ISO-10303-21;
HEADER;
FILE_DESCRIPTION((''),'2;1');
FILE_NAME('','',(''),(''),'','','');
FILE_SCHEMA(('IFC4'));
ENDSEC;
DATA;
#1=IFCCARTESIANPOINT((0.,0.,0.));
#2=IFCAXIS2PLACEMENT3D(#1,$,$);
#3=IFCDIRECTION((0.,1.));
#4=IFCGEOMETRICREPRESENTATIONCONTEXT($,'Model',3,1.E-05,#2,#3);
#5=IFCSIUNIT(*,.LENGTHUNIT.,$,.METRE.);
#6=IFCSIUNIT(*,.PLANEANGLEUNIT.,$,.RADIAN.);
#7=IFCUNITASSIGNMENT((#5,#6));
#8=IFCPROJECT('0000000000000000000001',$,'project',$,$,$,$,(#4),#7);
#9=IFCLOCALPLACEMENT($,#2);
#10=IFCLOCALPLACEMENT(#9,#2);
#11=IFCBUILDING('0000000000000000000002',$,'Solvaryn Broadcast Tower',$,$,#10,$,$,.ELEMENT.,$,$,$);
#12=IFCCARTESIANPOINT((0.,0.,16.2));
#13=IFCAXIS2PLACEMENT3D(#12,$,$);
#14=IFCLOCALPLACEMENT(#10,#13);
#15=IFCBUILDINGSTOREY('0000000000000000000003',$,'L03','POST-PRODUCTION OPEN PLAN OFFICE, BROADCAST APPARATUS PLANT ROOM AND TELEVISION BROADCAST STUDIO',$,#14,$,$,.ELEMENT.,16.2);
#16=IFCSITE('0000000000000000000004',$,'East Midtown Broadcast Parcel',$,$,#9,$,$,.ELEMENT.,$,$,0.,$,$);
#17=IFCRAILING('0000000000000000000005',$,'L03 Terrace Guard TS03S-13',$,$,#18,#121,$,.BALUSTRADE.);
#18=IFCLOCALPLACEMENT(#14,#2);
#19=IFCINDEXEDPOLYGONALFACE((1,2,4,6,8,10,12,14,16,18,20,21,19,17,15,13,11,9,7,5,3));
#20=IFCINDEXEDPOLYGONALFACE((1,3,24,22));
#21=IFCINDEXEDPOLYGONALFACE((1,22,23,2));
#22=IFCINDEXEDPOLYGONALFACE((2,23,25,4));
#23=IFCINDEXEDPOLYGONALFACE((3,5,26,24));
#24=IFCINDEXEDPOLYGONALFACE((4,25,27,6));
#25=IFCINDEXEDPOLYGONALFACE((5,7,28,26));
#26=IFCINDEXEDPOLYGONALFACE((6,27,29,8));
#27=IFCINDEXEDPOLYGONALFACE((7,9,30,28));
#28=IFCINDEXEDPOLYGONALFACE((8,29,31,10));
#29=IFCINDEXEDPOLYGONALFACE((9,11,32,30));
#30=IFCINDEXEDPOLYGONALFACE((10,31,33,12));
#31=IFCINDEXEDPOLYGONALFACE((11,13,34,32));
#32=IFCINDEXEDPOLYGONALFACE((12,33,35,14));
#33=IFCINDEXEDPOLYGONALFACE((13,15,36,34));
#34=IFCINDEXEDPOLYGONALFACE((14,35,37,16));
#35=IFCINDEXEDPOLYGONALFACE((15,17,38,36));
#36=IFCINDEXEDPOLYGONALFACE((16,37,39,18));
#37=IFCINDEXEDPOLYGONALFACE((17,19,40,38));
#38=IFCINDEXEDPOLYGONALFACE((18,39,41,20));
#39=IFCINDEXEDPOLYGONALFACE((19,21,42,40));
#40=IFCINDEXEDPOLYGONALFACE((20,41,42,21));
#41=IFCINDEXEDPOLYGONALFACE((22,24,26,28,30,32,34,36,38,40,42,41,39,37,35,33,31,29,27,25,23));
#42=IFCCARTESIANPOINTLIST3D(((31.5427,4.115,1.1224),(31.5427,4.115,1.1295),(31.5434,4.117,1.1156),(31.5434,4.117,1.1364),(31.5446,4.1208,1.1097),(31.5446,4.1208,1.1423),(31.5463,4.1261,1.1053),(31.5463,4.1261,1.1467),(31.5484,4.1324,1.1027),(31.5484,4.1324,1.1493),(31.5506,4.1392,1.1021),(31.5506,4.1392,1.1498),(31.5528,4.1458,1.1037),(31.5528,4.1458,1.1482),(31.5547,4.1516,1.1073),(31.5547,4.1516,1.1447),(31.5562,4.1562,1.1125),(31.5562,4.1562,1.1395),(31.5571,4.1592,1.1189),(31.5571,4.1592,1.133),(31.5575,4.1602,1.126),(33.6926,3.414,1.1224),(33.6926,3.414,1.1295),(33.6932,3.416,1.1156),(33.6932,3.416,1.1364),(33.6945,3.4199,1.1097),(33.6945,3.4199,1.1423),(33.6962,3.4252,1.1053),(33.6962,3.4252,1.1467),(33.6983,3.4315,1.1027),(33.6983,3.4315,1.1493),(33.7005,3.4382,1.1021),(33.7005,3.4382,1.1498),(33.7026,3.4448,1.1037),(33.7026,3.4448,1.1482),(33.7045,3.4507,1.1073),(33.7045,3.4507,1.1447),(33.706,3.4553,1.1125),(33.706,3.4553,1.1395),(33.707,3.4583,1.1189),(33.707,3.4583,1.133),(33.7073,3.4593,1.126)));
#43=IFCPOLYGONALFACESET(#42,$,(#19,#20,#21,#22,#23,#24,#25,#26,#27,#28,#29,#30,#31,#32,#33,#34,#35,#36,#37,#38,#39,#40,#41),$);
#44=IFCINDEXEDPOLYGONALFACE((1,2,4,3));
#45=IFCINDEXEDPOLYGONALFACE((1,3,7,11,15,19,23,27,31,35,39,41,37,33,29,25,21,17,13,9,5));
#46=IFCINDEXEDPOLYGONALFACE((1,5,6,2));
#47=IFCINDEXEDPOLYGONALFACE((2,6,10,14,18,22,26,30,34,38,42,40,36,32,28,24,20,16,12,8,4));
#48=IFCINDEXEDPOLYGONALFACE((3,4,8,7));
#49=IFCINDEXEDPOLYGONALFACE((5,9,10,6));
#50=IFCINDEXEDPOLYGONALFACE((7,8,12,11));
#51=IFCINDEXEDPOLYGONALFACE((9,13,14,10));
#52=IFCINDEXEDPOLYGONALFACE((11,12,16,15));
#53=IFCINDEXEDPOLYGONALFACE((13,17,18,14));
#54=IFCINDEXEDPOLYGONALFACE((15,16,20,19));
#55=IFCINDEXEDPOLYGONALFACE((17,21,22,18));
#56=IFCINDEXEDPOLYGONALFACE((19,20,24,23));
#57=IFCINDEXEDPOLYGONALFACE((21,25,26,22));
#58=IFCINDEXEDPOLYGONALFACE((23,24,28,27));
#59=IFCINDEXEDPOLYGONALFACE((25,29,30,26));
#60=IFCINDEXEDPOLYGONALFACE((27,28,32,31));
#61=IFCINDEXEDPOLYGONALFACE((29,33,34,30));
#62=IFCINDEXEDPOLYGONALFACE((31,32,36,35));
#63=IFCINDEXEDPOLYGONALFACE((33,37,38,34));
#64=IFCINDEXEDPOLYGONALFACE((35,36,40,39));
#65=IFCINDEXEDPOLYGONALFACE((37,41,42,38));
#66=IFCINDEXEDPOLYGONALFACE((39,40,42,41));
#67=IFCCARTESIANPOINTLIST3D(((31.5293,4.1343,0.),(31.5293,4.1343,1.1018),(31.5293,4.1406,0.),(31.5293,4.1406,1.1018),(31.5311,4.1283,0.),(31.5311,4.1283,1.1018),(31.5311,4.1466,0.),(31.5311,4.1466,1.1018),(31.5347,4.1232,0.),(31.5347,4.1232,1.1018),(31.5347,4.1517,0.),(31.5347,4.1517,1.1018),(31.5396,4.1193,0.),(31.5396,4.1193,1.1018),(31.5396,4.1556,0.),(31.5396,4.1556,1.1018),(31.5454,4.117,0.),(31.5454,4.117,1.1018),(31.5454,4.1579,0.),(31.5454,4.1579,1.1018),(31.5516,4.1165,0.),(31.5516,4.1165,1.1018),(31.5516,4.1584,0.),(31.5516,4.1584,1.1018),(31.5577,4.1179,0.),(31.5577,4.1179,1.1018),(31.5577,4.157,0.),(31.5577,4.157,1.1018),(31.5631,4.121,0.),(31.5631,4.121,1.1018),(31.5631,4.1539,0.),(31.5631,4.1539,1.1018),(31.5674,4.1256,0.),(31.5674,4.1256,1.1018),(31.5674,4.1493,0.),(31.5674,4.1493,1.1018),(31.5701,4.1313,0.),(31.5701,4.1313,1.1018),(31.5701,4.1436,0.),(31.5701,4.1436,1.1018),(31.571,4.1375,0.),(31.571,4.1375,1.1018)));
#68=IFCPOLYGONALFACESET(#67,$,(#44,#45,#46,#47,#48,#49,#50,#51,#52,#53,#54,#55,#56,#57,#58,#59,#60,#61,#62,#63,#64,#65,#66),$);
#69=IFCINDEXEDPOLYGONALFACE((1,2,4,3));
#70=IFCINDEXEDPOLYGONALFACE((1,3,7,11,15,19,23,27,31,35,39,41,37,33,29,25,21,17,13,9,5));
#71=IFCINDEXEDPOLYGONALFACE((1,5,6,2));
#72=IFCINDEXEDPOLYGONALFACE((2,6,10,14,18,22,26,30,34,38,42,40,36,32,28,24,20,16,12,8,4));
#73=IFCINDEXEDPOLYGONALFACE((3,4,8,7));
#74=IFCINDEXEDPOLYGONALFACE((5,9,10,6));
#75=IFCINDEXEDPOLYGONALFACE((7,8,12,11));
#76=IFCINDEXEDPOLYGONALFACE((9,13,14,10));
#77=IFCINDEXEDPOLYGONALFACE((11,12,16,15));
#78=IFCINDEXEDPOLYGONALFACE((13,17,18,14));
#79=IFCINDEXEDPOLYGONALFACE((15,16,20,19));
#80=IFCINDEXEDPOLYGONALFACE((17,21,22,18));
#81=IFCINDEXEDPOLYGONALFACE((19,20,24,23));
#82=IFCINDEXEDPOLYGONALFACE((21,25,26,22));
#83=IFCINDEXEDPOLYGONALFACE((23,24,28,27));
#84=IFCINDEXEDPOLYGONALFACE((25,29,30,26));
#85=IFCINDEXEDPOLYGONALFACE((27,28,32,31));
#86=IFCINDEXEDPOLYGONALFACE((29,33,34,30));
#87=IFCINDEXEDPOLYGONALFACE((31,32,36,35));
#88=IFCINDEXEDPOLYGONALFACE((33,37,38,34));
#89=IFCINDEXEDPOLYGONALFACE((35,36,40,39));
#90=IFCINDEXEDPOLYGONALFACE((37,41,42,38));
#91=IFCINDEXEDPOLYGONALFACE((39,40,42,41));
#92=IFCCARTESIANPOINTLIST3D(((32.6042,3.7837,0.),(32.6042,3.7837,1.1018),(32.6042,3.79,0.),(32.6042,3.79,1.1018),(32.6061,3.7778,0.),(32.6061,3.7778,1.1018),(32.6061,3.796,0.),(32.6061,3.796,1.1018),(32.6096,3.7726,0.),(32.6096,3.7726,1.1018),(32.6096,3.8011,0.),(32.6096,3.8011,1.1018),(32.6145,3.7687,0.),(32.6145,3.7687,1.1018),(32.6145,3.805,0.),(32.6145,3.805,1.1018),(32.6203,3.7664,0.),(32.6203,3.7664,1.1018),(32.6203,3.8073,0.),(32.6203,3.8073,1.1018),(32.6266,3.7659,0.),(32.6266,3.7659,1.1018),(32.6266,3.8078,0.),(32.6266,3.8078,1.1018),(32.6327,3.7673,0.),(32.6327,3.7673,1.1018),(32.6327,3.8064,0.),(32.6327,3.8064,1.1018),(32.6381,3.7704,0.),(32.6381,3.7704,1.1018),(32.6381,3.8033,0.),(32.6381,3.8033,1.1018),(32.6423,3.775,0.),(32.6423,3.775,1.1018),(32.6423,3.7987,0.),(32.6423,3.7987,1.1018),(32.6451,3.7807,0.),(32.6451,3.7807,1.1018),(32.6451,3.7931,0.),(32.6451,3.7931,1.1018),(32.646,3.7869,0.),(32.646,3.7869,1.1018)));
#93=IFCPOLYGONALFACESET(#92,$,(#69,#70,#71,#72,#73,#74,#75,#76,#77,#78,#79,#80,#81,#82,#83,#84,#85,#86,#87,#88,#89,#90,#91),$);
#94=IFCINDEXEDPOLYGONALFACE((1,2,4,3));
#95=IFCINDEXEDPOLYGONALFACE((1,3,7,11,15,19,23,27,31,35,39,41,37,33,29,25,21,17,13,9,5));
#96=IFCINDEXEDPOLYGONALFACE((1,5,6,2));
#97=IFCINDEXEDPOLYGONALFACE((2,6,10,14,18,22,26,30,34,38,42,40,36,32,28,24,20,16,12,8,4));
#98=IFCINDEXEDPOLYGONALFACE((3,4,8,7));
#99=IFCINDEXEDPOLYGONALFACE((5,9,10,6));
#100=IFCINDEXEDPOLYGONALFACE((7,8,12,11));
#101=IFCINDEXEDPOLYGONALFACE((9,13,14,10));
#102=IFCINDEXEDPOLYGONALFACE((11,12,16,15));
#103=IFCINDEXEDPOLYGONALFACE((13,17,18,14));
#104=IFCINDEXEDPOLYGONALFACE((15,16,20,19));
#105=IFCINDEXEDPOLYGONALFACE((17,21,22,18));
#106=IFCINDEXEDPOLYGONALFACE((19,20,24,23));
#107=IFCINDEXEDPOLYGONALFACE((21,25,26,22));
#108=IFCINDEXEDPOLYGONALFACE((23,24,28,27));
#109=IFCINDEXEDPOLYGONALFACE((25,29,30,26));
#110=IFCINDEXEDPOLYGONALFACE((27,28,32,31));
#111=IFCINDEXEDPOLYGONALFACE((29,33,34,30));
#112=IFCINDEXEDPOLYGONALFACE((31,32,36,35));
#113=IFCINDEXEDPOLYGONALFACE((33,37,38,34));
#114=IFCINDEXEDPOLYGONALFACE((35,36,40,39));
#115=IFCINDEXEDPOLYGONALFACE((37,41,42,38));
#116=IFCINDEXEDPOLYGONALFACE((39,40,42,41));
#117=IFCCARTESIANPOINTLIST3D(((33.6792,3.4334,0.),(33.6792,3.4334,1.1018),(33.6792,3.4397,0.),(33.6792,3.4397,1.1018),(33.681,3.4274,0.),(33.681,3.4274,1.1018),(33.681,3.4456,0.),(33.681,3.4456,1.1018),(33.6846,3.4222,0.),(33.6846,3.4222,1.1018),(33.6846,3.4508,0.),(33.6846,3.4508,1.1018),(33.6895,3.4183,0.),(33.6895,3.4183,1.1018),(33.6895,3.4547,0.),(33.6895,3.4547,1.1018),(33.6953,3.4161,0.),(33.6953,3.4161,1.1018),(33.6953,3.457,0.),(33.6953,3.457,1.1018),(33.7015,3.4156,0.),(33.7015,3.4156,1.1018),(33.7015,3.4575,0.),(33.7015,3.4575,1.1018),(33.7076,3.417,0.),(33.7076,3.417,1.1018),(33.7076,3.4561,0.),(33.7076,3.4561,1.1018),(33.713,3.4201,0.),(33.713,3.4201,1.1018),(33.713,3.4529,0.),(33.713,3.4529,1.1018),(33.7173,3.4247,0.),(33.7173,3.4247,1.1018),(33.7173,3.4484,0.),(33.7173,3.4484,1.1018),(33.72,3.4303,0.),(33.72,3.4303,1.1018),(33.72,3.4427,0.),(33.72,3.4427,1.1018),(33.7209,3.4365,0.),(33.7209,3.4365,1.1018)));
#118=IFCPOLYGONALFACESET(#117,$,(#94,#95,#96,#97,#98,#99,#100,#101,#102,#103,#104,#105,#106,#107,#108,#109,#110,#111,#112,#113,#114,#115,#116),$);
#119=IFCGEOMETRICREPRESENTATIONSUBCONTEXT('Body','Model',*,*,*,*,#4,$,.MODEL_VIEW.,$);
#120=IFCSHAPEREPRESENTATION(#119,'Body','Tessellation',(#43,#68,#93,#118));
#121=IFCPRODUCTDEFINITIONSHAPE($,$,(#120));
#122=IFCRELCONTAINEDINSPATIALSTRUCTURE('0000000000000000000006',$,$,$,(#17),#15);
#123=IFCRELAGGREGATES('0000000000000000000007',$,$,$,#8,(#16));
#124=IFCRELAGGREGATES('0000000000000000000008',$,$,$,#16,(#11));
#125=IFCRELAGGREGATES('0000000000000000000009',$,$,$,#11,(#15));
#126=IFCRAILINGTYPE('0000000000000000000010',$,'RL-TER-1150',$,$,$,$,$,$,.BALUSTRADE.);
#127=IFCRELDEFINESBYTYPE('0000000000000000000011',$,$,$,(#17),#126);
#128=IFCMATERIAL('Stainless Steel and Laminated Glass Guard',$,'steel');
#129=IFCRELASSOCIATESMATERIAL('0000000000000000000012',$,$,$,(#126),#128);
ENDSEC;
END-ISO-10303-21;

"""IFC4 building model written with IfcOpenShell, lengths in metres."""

from ifc_helpers import new_model, si_unit, direction, frame, origin, origin_2d, place, context, subcontext, project, spatial, circle, extrude, material, type_object, element, save


model = new_model("IFC4")

# Units and contexts
model_context = context("Model", 3, precision=1e-05, world=origin(), true_north=direction((0.0, 1.0)))
body_context = subcontext(model_context, "Body", "Model", "MODEL_VIEW")
ifc_project = project(units=[si_unit("LENGTHUNIT", "METRE"), si_unit("PLANEANGLEUNIT", "RADIAN")], contexts=[model_context])

# Site, building, storey
site_placement = place(None, origin())
site = spatial("IfcSite", under=ifc_project, at=site_placement, Name="East Midtown Broadcast Parcel", CompositionType="ELEMENT", RefElevation=0.0)
building_placement = place(site_placement, origin())
building = spatial("IfcBuilding", under=site, at=building_placement, Name="Solvaryn Broadcast Tower", CompositionType="ELEMENT")
storey_placement = place(building_placement, frame((0.0, 0.0, 16.2)))
storey = spatial("IfcBuildingStorey", under=building, at=storey_placement, Name="L03", Description="POST-PRODUCTION OPEN PLAN OFFICE, BROADCAST APPARATUS PLANT ROOM AND TELEVISION BROADCAST STUDIO", CompositionType="ELEMENT", Elevation=16.2)

# Railing
ifc_material_1 = material(Name="Stainless Steel and Laminated Glass Guard", Category="steel")
railing_type = type_object("IfcRailingType", Name="RL-TER-1150", PredefinedType="BALUSTRADE", material=ifc_material_1)
railing_1_placement = place(storey_placement, frame((31.55, 4.1375, 0.0)))
element("IfcRailing", 1, at=railing_1_placement, inside=storey, type_object=railing_type, Name="L03 Terrace Guard TS03S-13", PredefinedType="BALUSTRADE", context=body_context, shape_type="SweptSolid", body=[
    extrude(circle(Radius=0.0239, at=origin_2d()), frame((0.0, 0.0, 1.126), z_axis=(0.950746, -0.30997, 0.0), x_axis=(0.30997, 0.950746, 0.0)), (0.0, 0.0, 1.0), 2.2612),
    extrude(circle(Radius=0.021, at=origin_2d()), origin(), (0.0, 0.0, 1.0), 1.1018),
    extrude(circle(Radius=0.021, at=origin_2d()), frame((1.075, -0.3506, 0.0)), (0.0, 0.0, 1.0), 1.1018),
    extrude(circle(Radius=0.021, at=origin_2d()), frame((2.1499, -0.7009, 0.0)), (0.0, 0.0, 1.0), 1.1018),
])

save(model, "model.ifc")
